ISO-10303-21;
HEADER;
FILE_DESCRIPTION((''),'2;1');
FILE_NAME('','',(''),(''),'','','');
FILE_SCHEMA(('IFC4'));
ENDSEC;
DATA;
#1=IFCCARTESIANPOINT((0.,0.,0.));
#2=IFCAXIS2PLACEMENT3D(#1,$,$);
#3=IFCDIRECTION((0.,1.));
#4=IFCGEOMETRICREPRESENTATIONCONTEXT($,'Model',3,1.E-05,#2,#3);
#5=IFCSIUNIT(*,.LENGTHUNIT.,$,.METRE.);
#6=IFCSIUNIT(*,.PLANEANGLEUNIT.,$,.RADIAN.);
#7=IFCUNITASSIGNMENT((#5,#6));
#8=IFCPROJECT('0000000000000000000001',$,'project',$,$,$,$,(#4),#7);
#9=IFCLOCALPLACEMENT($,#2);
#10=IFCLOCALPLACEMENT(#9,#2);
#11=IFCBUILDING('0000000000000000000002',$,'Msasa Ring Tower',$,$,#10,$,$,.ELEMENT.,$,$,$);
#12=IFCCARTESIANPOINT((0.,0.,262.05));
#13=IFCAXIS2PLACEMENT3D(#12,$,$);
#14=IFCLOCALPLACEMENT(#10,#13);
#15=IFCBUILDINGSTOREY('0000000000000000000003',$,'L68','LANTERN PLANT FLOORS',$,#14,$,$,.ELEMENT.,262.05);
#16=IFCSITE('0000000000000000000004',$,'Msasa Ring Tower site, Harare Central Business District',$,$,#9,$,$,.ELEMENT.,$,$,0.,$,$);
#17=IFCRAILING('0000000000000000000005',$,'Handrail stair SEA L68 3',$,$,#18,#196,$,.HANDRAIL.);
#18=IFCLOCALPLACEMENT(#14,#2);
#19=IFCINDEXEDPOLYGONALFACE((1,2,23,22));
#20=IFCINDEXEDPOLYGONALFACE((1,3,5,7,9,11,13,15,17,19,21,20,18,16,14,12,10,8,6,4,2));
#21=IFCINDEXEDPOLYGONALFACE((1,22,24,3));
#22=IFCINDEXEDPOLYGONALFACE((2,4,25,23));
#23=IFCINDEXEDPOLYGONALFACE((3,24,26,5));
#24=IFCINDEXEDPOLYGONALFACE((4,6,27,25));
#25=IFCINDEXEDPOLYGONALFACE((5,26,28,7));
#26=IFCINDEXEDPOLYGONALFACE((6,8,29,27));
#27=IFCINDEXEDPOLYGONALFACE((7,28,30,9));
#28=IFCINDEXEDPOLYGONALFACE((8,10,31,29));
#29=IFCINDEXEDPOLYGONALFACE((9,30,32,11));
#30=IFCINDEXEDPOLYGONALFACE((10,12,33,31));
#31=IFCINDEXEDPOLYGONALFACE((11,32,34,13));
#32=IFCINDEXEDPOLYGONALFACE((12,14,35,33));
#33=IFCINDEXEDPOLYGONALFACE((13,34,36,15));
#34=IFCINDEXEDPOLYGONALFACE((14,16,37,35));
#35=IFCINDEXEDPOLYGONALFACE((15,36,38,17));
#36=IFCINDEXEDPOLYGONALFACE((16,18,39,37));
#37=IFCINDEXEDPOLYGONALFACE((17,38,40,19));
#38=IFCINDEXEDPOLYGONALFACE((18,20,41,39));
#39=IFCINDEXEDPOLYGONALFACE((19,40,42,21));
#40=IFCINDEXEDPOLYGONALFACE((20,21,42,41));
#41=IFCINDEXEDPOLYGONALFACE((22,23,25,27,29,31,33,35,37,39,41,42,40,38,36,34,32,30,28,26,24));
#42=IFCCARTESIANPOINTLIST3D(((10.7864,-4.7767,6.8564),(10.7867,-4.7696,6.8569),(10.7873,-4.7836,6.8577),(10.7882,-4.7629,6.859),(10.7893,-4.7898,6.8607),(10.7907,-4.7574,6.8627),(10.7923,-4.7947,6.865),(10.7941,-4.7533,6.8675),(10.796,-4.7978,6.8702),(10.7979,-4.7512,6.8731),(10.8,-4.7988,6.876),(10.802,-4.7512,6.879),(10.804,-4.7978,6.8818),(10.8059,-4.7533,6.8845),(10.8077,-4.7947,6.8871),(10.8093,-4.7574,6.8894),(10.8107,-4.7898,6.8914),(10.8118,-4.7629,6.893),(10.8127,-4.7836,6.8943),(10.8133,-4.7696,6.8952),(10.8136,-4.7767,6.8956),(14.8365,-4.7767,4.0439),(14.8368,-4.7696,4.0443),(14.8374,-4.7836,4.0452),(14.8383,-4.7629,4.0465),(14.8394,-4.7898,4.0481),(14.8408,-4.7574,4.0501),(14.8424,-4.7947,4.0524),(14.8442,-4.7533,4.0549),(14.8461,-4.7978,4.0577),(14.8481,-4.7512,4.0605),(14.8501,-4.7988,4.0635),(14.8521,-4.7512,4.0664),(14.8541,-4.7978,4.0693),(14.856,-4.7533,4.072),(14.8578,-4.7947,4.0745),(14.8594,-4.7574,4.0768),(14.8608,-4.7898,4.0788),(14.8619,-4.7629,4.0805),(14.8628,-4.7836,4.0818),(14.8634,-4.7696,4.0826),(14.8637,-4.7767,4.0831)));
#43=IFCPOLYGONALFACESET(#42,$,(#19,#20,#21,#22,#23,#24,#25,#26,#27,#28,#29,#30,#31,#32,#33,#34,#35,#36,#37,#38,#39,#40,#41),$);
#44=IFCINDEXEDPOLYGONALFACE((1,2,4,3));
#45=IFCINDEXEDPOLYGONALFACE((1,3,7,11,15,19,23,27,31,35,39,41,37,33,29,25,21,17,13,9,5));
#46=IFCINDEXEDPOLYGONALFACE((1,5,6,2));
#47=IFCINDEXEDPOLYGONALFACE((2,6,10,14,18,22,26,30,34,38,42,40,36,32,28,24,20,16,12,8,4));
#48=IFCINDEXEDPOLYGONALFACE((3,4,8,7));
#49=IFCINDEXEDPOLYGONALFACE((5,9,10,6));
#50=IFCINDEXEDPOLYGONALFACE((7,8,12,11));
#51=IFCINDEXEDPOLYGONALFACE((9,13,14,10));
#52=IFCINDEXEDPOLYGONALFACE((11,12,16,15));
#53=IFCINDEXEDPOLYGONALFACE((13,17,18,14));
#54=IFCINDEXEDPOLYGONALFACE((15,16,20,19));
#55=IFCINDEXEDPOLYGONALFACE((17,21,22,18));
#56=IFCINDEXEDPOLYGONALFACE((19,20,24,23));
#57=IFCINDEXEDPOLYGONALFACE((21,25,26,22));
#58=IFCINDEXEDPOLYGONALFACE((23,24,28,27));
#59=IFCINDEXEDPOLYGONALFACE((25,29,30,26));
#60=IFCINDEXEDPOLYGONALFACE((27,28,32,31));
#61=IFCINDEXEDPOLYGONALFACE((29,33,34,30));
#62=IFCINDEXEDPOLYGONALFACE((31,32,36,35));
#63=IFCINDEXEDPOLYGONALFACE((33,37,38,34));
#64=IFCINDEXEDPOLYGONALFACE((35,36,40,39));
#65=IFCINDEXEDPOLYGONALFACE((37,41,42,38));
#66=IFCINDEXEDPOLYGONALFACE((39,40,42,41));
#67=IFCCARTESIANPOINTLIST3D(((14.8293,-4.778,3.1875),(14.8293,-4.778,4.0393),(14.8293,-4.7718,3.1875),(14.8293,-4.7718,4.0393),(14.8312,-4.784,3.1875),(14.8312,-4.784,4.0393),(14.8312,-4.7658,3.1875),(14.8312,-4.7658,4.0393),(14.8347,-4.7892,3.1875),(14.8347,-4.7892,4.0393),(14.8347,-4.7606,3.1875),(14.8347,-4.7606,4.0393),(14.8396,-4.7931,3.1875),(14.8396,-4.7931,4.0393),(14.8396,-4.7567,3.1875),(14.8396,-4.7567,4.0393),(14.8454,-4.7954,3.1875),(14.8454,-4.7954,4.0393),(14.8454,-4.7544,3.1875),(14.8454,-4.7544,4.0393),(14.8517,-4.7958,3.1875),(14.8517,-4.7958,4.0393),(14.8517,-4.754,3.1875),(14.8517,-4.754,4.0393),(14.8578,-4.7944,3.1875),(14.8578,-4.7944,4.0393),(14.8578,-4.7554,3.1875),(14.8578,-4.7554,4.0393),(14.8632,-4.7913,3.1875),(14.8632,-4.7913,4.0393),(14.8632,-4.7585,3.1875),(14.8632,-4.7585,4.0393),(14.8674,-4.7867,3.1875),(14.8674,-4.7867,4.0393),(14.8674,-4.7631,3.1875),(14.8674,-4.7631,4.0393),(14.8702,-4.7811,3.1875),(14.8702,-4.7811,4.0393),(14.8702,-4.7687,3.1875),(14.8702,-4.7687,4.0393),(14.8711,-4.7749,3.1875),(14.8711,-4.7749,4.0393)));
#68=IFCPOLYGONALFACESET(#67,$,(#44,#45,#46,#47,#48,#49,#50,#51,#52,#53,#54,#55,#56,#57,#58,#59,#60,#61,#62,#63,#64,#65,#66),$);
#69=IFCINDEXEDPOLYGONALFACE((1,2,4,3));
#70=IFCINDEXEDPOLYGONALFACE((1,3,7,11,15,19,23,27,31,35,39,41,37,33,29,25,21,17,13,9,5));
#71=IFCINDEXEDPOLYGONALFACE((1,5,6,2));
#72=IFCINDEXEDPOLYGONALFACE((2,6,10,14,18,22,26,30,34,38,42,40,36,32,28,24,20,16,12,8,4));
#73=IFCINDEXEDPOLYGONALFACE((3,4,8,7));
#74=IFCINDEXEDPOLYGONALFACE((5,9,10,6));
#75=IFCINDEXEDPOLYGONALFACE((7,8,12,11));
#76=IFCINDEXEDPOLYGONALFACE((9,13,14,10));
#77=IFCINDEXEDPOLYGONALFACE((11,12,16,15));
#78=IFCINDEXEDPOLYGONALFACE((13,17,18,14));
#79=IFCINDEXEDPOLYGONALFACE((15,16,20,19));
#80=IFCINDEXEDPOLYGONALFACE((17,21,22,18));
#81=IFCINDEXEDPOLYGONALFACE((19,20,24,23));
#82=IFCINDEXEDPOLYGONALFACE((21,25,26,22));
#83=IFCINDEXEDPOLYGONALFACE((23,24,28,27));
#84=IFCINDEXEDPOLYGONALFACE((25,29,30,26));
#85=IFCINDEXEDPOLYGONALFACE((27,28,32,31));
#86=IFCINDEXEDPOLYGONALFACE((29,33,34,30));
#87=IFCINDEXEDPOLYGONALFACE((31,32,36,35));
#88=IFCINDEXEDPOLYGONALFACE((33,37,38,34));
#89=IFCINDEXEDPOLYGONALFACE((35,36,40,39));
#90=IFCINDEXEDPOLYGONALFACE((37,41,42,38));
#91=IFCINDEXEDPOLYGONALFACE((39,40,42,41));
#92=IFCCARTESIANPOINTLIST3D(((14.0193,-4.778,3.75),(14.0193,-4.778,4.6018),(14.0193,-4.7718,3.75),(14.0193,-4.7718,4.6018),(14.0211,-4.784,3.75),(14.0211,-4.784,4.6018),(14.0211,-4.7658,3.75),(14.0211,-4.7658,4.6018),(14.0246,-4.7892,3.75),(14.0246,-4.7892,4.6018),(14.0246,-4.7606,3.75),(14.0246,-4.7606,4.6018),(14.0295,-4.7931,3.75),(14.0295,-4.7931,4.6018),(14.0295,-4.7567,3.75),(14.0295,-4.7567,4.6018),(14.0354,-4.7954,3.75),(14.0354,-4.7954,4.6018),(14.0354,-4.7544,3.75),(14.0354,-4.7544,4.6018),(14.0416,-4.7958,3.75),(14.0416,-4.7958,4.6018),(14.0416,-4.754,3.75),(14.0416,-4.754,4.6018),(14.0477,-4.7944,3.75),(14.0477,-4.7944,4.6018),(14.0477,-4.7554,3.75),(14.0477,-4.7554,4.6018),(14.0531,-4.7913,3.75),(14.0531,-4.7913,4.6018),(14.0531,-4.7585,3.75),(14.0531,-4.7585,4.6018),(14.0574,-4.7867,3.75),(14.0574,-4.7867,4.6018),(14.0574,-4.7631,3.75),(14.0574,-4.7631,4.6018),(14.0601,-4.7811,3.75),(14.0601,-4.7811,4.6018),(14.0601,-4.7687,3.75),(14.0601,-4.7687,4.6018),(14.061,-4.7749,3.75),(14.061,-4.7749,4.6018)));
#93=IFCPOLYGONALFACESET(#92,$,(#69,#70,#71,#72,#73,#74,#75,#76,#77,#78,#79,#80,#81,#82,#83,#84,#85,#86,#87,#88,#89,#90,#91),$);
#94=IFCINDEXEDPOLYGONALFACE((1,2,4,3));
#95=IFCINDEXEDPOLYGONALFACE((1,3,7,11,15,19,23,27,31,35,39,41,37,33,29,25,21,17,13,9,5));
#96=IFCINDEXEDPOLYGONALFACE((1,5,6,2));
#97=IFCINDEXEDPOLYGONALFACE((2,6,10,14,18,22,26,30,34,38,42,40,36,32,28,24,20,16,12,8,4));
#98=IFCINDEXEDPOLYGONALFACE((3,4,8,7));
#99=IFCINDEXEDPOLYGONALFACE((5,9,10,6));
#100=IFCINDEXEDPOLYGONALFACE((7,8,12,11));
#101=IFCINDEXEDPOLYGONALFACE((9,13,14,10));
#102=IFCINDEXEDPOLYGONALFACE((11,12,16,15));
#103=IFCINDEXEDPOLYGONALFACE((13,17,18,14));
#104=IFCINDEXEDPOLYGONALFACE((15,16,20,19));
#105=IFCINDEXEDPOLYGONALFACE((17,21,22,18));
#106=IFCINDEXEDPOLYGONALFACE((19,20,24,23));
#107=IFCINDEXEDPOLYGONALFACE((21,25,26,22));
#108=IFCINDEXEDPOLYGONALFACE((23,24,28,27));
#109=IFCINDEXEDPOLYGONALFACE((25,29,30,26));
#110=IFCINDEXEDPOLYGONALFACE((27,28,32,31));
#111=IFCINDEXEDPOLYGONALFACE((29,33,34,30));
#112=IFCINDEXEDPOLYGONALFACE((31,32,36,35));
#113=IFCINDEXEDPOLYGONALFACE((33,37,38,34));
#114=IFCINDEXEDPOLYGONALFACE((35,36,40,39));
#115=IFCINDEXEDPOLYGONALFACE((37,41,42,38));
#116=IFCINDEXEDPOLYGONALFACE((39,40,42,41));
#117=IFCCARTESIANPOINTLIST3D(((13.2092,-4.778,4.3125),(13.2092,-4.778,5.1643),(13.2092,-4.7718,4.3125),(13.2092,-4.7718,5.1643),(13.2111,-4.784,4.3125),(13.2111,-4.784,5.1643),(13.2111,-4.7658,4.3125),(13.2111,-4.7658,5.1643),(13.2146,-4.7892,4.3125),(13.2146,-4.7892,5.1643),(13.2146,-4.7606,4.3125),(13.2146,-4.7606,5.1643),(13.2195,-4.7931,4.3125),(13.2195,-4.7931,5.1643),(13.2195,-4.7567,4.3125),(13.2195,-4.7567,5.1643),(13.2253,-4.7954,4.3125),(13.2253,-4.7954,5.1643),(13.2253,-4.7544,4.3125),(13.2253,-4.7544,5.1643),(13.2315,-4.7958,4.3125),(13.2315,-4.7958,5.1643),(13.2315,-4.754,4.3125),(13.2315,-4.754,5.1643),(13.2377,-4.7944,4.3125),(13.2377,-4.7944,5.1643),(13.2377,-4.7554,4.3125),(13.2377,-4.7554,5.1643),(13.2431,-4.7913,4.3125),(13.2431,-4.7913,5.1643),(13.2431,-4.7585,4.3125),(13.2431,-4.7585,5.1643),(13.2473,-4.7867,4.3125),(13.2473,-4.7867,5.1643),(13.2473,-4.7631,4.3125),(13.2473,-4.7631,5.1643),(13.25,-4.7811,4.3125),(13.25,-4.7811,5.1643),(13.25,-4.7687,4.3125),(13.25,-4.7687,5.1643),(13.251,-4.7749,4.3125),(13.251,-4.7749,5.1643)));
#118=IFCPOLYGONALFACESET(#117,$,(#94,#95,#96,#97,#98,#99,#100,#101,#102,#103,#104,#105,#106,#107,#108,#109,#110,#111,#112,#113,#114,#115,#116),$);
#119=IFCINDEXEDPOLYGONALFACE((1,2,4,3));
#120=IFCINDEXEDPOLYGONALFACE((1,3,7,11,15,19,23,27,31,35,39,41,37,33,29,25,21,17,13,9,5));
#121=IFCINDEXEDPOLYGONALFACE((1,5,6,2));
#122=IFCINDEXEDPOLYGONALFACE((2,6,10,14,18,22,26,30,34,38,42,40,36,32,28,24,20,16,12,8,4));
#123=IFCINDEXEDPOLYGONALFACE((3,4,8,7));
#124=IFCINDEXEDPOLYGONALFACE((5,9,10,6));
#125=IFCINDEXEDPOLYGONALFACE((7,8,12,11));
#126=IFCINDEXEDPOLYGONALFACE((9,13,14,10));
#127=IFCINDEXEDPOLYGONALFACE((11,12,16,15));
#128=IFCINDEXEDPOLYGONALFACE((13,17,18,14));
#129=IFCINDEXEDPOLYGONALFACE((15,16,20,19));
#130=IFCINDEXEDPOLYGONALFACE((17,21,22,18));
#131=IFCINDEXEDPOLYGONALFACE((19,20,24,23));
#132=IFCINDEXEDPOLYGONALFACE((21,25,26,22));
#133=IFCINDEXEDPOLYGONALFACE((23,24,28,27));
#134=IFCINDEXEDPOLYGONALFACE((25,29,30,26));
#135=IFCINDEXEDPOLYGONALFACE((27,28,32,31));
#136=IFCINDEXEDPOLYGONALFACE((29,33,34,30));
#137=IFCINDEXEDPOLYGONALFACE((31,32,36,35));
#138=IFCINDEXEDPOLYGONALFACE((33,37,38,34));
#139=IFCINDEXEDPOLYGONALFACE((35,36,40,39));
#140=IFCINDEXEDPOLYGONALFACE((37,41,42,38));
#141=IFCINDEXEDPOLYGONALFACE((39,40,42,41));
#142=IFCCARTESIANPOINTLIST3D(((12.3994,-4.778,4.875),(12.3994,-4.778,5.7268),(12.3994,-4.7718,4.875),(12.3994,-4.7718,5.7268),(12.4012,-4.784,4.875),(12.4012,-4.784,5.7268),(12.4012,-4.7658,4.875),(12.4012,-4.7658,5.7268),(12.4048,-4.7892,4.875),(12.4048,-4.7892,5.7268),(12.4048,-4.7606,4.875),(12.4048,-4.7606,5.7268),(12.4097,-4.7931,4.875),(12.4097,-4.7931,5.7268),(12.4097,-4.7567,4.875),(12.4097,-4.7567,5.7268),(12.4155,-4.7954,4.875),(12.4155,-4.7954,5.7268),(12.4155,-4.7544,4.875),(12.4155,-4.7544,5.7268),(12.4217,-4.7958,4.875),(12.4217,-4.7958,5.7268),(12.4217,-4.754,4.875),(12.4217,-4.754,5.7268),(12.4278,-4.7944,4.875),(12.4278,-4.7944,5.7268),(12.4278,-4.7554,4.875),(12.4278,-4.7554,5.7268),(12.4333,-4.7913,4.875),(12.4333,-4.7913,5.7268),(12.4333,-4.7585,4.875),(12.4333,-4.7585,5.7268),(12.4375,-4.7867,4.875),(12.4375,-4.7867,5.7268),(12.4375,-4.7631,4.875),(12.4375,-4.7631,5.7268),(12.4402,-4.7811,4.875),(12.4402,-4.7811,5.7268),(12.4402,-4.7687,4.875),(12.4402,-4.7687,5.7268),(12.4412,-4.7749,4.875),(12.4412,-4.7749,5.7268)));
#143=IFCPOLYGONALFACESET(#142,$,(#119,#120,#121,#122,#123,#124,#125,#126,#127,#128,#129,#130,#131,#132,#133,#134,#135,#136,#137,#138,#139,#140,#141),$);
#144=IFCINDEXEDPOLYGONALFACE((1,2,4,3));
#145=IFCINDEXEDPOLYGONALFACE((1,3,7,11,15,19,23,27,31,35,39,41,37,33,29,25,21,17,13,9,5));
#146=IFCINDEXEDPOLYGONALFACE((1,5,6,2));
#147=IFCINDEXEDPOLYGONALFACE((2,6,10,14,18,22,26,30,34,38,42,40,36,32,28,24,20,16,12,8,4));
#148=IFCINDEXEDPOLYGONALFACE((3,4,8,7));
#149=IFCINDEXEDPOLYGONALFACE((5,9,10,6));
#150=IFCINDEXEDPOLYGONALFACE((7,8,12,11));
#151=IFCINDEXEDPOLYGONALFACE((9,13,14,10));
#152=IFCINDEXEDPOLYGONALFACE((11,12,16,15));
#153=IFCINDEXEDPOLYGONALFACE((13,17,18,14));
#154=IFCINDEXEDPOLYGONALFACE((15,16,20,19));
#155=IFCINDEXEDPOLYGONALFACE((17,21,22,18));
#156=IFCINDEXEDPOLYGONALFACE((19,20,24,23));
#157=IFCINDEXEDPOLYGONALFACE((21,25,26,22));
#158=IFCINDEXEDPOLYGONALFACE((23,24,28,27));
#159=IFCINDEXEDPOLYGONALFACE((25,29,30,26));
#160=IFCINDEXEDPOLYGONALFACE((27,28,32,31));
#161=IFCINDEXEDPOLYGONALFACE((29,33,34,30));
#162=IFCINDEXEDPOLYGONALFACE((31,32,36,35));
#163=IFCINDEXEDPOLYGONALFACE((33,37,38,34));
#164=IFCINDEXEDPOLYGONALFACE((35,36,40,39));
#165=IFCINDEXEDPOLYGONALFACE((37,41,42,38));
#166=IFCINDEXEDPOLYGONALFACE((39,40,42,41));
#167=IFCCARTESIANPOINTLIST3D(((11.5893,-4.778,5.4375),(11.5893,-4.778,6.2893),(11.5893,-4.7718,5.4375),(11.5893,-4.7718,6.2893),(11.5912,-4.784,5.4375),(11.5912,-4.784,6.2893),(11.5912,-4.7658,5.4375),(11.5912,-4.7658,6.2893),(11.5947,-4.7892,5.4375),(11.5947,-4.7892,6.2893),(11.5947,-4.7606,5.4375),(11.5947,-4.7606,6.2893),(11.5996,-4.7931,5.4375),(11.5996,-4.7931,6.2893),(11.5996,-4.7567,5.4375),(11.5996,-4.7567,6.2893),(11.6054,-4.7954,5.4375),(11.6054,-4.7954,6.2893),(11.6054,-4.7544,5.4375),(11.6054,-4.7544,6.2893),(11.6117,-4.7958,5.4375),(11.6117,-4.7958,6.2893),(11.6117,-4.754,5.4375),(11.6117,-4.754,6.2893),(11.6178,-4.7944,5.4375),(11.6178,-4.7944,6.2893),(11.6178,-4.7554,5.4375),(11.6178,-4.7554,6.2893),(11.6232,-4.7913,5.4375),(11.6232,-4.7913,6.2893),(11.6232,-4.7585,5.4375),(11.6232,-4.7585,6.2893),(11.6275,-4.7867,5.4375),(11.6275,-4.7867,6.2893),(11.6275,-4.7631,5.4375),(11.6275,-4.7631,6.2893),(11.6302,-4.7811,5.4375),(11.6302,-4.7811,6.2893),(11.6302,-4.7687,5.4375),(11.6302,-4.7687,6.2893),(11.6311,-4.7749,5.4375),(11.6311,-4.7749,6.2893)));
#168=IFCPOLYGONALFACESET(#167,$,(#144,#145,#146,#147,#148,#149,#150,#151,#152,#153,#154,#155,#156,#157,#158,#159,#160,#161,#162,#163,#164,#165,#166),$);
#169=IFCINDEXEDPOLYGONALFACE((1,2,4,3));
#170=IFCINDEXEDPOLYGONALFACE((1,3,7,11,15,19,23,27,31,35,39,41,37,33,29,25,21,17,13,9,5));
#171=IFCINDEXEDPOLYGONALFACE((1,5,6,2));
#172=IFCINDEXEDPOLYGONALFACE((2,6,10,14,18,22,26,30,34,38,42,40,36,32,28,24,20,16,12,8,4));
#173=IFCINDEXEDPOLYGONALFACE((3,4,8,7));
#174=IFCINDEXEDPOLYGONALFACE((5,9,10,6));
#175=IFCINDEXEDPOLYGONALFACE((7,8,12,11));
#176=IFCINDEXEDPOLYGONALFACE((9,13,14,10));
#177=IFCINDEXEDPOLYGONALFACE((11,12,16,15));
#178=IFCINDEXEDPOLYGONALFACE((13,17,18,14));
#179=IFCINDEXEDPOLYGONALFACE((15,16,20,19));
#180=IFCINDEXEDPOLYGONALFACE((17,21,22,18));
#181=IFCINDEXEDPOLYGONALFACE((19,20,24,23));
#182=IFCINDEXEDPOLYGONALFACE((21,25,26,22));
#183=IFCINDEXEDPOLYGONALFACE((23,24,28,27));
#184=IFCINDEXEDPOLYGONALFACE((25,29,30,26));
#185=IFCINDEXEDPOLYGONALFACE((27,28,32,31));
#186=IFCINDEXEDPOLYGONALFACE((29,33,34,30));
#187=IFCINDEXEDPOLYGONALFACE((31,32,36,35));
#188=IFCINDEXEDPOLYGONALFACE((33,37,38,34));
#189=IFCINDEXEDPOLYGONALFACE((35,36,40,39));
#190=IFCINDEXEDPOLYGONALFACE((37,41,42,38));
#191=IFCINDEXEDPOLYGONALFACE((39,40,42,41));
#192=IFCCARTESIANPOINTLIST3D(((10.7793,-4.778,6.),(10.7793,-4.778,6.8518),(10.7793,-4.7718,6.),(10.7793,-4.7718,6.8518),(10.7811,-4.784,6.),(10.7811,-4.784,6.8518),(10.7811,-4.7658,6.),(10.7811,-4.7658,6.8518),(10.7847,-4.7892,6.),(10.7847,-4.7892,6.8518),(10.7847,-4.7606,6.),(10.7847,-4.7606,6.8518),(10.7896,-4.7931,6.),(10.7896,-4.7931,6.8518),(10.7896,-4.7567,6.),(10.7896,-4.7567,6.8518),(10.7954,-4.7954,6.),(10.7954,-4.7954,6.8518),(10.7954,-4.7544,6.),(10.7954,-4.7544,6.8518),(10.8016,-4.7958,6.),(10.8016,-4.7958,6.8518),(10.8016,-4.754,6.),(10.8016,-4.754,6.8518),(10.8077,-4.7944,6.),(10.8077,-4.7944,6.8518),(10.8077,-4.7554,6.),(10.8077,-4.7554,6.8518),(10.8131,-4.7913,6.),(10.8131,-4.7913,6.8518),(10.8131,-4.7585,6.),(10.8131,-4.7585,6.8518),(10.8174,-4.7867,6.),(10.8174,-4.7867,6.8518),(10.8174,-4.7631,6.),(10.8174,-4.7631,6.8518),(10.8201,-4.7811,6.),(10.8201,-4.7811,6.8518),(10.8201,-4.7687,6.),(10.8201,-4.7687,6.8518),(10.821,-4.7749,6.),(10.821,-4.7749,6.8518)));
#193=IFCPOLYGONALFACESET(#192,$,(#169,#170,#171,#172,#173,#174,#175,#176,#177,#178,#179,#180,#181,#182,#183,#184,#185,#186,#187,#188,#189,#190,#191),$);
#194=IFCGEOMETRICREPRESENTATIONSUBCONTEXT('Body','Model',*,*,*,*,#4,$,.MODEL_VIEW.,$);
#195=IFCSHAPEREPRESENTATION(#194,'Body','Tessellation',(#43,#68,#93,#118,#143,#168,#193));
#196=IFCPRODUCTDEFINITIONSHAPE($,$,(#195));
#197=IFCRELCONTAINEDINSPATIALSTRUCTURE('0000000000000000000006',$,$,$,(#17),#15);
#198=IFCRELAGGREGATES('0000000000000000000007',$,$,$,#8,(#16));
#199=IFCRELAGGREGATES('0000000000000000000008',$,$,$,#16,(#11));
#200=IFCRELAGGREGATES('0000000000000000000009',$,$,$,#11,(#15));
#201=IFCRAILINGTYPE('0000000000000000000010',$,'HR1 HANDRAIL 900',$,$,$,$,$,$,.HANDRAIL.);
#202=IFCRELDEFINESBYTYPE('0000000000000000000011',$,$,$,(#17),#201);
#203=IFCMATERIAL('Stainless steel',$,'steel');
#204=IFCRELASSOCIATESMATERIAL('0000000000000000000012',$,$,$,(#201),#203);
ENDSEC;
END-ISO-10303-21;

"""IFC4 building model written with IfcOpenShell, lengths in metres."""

from ifc_helpers import new_model, si_unit, direction, frame, origin, origin_2d, place, context, subcontext, project, spatial, circle, extrude, material, type_object, element, save


model = new_model("IFC4")

# Units and contexts
model_context = context("Model", 3, precision=1e-05, world=origin(), true_north=direction((0.0, 1.0)))
body_context = subcontext(model_context, "Body", "Model", "MODEL_VIEW")
ifc_project = project(units=[si_unit("LENGTHUNIT", "METRE"), si_unit("PLANEANGLEUNIT", "RADIAN")], contexts=[model_context])

# Site, building, storey
site_placement = place(None, origin())
site = spatial("IfcSite", under=ifc_project, at=site_placement, Name="Msasa Ring Tower site, Harare Central Business District", CompositionType="ELEMENT", RefElevation=0.0)
building_placement = place(site_placement, origin())
building = spatial("IfcBuilding", under=site, at=building_placement, Name="Msasa Ring Tower", CompositionType="ELEMENT")
storey_placement = place(building_placement, frame((0.0, 0.0, 262.05)))
storey = spatial("IfcBuildingStorey", under=building, at=storey_placement, Name="L68", Description="LANTERN PLANT FLOORS", CompositionType="ELEMENT", Elevation=262.05)

# Railing
ifc_material_1 = material(Name="Stainless steel", Category="steel")
railing_type = type_object("IfcRailingType", Name="HR1 HANDRAIL 900", PredefinedType="HANDRAIL", material=ifc_material_1)
for number, where, name in (
    (1, (14.8501, -4.7749, 3.1875), "Handrail stair SEA L68 3"),
):
    element("IfcRailing", number, at=place(storey_placement, frame(where)), inside=storey, type_object=railing_type, Name=name, PredefinedType="HANDRAIL", context=body_context, shape_type="SweptSolid", body=[
        extrude(circle(Radius=0.0239, at=origin_2d()), frame((0.0, 0.0, 0.876), z_axis=(-0.821373, 0.0, 0.570391), x_axis=(0.0, -1.0, 0.0)), (0.0, 0.0, 1.0), 4.9309),
        extrude(circle(Radius=0.021, at=origin_2d()), origin(), (0.0, 0.0, 1.0), 0.8518),
        extrude(circle(Radius=0.021, at=origin_2d()), frame((-0.8101, 0.0, 0.5625)), (0.0, 0.0, 1.0), 0.8518),
        extrude(circle(Radius=0.021, at=origin_2d()), frame((-1.6201, 0.0, 1.125)), (0.0, 0.0, 1.0), 0.8518),
        extrude(circle(Radius=0.021, at=origin_2d()), frame((-2.4299, 0.0, 1.6875)), (0.0, 0.0, 1.0), 0.8518),
        extrude(circle(Radius=0.021, at=origin_2d()), frame((-3.24, 0.0, 2.25)), (0.0, 0.0, 1.0), 0.8518),
        extrude(circle(Radius=0.021, at=origin_2d()), frame((-4.05, 0.0, 2.8125)), (0.0, 0.0, 1.0), 0.8518),
    ])

save(model, "model.ifc")
